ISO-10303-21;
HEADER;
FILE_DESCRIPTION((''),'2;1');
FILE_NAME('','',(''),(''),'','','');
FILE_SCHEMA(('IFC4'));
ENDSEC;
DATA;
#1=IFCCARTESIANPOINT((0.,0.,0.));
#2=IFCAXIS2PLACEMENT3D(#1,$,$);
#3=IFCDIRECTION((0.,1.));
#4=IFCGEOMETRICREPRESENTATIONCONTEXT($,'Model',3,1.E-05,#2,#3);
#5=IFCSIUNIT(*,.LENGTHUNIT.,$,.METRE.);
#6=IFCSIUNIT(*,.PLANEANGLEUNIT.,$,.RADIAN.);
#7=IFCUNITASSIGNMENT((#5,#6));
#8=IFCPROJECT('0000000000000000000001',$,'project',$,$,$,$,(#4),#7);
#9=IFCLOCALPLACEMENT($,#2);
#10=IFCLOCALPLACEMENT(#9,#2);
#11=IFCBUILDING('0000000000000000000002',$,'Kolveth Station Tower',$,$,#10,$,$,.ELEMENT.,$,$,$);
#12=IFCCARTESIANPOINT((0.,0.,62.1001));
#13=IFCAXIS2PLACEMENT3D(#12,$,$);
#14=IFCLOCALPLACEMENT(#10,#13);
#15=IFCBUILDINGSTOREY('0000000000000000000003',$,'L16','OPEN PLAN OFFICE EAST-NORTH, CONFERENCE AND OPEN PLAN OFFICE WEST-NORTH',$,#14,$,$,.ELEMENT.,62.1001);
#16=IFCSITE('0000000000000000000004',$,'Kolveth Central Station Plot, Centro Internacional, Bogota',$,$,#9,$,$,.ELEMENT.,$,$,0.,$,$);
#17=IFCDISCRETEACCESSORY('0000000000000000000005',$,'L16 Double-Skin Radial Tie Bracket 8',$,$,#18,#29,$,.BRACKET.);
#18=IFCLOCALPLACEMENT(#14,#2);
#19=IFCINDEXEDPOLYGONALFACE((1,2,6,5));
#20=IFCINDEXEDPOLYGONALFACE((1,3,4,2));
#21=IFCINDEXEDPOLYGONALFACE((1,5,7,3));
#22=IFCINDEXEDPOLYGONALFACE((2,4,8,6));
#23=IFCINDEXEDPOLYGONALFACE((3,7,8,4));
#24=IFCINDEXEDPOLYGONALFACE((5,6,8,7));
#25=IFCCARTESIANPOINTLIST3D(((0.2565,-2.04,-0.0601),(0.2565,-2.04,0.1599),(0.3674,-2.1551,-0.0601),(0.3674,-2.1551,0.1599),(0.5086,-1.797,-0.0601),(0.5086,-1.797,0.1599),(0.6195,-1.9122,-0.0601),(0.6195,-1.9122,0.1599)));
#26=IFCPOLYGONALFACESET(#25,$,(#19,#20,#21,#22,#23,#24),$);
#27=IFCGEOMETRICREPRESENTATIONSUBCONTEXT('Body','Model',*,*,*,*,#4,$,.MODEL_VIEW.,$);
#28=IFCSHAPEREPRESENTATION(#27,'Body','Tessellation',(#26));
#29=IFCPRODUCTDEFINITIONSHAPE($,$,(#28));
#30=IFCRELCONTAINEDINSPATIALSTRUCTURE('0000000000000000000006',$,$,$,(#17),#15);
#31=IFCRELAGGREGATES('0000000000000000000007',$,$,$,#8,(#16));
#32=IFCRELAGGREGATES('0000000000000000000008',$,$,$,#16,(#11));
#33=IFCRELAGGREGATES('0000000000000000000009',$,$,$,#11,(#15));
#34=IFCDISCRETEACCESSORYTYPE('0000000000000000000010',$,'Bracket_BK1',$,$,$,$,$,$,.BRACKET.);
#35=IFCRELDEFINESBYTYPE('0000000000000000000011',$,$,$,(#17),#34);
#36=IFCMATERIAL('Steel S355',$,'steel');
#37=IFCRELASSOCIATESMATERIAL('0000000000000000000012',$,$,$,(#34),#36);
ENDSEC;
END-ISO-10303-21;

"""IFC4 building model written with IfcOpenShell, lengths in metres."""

from ifc_helpers import new_model, si_unit, direction, frame, origin, origin_2d, place, context, subcontext, project, spatial, rectangle, extrude, source, transform, mapped, material, type_object, element, save


model = new_model("IFC4")

# Units and contexts
model_context = context("Model", 3, precision=1e-05, world=origin(), true_north=direction((0.0, 1.0)))
body_context = subcontext(model_context, "Body", "Model", "MODEL_VIEW")
ifc_project = project(units=[si_unit("LENGTHUNIT", "METRE"), si_unit("PLANEANGLEUNIT", "RADIAN")], contexts=[model_context])

# Site, building, storey
site_placement = place(None, origin())
site = spatial("IfcSite", under=ifc_project, at=site_placement, Name="Kolveth Central Station Plot, Centro Internacional, Bogota", CompositionType="ELEMENT", RefElevation=0.0)
building_placement = place(site_placement, origin())
building = spatial("IfcBuilding", under=site, at=building_placement, Name="Kolveth Station Tower", CompositionType="ELEMENT")
storey_placement = place(building_placement, frame((0.0, 0.0, 62.1001)))
storey = spatial("IfcBuildingStorey", under=building, at=storey_placement, Name="L16", Description="OPEN PLAN OFFICE EAST-NORTH, CONFERENCE AND OPEN PLAN OFFICE WEST-NORTH", CompositionType="ELEMENT", Elevation=62.1001)

# Discrete accessory
ifc_material_1 = material(Name="Steel S355", Category="steel")
discrete_accessory_type = type_object("IfcDiscreteAccessoryType", Name="Bracket_BK1", PredefinedType="BRACKET", material=ifc_material_1)
shared_shape_1 = source(origin(), body_context, "Body", "SweptSolid", [
    extrude(rectangle(XDim=0.3501, YDim=0.1599, at=origin_2d()), origin(), (0.0, 0.0, 1.0), 0.22),
])
discrete_accessory_placement = place(storey_placement, frame((0.438, -1.9761, -0.0601), z_axis=(0.0, 0.0, 1.0), x_axis=(-0.720067, -0.693905, 0.0)))
element("IfcDiscreteAccessory", 1, at=discrete_accessory_placement, inside=storey, type_object=discrete_accessory_type, Name="L16 Double-Skin Radial Tie Bracket 8", PredefinedType="BRACKET", context=body_context, shape_type="MappedRepresentation", body=[
    mapped(shared_shape_1, transform((0.0, 0.0, 0.0), x_axis=(1.0, 0.0, 0.0), y_axis=(0.0, 1.0, 0.0), z_axis=(0.0, 0.0, 1.0), scale=1.0)),
])

save(model, "model.ifc")
